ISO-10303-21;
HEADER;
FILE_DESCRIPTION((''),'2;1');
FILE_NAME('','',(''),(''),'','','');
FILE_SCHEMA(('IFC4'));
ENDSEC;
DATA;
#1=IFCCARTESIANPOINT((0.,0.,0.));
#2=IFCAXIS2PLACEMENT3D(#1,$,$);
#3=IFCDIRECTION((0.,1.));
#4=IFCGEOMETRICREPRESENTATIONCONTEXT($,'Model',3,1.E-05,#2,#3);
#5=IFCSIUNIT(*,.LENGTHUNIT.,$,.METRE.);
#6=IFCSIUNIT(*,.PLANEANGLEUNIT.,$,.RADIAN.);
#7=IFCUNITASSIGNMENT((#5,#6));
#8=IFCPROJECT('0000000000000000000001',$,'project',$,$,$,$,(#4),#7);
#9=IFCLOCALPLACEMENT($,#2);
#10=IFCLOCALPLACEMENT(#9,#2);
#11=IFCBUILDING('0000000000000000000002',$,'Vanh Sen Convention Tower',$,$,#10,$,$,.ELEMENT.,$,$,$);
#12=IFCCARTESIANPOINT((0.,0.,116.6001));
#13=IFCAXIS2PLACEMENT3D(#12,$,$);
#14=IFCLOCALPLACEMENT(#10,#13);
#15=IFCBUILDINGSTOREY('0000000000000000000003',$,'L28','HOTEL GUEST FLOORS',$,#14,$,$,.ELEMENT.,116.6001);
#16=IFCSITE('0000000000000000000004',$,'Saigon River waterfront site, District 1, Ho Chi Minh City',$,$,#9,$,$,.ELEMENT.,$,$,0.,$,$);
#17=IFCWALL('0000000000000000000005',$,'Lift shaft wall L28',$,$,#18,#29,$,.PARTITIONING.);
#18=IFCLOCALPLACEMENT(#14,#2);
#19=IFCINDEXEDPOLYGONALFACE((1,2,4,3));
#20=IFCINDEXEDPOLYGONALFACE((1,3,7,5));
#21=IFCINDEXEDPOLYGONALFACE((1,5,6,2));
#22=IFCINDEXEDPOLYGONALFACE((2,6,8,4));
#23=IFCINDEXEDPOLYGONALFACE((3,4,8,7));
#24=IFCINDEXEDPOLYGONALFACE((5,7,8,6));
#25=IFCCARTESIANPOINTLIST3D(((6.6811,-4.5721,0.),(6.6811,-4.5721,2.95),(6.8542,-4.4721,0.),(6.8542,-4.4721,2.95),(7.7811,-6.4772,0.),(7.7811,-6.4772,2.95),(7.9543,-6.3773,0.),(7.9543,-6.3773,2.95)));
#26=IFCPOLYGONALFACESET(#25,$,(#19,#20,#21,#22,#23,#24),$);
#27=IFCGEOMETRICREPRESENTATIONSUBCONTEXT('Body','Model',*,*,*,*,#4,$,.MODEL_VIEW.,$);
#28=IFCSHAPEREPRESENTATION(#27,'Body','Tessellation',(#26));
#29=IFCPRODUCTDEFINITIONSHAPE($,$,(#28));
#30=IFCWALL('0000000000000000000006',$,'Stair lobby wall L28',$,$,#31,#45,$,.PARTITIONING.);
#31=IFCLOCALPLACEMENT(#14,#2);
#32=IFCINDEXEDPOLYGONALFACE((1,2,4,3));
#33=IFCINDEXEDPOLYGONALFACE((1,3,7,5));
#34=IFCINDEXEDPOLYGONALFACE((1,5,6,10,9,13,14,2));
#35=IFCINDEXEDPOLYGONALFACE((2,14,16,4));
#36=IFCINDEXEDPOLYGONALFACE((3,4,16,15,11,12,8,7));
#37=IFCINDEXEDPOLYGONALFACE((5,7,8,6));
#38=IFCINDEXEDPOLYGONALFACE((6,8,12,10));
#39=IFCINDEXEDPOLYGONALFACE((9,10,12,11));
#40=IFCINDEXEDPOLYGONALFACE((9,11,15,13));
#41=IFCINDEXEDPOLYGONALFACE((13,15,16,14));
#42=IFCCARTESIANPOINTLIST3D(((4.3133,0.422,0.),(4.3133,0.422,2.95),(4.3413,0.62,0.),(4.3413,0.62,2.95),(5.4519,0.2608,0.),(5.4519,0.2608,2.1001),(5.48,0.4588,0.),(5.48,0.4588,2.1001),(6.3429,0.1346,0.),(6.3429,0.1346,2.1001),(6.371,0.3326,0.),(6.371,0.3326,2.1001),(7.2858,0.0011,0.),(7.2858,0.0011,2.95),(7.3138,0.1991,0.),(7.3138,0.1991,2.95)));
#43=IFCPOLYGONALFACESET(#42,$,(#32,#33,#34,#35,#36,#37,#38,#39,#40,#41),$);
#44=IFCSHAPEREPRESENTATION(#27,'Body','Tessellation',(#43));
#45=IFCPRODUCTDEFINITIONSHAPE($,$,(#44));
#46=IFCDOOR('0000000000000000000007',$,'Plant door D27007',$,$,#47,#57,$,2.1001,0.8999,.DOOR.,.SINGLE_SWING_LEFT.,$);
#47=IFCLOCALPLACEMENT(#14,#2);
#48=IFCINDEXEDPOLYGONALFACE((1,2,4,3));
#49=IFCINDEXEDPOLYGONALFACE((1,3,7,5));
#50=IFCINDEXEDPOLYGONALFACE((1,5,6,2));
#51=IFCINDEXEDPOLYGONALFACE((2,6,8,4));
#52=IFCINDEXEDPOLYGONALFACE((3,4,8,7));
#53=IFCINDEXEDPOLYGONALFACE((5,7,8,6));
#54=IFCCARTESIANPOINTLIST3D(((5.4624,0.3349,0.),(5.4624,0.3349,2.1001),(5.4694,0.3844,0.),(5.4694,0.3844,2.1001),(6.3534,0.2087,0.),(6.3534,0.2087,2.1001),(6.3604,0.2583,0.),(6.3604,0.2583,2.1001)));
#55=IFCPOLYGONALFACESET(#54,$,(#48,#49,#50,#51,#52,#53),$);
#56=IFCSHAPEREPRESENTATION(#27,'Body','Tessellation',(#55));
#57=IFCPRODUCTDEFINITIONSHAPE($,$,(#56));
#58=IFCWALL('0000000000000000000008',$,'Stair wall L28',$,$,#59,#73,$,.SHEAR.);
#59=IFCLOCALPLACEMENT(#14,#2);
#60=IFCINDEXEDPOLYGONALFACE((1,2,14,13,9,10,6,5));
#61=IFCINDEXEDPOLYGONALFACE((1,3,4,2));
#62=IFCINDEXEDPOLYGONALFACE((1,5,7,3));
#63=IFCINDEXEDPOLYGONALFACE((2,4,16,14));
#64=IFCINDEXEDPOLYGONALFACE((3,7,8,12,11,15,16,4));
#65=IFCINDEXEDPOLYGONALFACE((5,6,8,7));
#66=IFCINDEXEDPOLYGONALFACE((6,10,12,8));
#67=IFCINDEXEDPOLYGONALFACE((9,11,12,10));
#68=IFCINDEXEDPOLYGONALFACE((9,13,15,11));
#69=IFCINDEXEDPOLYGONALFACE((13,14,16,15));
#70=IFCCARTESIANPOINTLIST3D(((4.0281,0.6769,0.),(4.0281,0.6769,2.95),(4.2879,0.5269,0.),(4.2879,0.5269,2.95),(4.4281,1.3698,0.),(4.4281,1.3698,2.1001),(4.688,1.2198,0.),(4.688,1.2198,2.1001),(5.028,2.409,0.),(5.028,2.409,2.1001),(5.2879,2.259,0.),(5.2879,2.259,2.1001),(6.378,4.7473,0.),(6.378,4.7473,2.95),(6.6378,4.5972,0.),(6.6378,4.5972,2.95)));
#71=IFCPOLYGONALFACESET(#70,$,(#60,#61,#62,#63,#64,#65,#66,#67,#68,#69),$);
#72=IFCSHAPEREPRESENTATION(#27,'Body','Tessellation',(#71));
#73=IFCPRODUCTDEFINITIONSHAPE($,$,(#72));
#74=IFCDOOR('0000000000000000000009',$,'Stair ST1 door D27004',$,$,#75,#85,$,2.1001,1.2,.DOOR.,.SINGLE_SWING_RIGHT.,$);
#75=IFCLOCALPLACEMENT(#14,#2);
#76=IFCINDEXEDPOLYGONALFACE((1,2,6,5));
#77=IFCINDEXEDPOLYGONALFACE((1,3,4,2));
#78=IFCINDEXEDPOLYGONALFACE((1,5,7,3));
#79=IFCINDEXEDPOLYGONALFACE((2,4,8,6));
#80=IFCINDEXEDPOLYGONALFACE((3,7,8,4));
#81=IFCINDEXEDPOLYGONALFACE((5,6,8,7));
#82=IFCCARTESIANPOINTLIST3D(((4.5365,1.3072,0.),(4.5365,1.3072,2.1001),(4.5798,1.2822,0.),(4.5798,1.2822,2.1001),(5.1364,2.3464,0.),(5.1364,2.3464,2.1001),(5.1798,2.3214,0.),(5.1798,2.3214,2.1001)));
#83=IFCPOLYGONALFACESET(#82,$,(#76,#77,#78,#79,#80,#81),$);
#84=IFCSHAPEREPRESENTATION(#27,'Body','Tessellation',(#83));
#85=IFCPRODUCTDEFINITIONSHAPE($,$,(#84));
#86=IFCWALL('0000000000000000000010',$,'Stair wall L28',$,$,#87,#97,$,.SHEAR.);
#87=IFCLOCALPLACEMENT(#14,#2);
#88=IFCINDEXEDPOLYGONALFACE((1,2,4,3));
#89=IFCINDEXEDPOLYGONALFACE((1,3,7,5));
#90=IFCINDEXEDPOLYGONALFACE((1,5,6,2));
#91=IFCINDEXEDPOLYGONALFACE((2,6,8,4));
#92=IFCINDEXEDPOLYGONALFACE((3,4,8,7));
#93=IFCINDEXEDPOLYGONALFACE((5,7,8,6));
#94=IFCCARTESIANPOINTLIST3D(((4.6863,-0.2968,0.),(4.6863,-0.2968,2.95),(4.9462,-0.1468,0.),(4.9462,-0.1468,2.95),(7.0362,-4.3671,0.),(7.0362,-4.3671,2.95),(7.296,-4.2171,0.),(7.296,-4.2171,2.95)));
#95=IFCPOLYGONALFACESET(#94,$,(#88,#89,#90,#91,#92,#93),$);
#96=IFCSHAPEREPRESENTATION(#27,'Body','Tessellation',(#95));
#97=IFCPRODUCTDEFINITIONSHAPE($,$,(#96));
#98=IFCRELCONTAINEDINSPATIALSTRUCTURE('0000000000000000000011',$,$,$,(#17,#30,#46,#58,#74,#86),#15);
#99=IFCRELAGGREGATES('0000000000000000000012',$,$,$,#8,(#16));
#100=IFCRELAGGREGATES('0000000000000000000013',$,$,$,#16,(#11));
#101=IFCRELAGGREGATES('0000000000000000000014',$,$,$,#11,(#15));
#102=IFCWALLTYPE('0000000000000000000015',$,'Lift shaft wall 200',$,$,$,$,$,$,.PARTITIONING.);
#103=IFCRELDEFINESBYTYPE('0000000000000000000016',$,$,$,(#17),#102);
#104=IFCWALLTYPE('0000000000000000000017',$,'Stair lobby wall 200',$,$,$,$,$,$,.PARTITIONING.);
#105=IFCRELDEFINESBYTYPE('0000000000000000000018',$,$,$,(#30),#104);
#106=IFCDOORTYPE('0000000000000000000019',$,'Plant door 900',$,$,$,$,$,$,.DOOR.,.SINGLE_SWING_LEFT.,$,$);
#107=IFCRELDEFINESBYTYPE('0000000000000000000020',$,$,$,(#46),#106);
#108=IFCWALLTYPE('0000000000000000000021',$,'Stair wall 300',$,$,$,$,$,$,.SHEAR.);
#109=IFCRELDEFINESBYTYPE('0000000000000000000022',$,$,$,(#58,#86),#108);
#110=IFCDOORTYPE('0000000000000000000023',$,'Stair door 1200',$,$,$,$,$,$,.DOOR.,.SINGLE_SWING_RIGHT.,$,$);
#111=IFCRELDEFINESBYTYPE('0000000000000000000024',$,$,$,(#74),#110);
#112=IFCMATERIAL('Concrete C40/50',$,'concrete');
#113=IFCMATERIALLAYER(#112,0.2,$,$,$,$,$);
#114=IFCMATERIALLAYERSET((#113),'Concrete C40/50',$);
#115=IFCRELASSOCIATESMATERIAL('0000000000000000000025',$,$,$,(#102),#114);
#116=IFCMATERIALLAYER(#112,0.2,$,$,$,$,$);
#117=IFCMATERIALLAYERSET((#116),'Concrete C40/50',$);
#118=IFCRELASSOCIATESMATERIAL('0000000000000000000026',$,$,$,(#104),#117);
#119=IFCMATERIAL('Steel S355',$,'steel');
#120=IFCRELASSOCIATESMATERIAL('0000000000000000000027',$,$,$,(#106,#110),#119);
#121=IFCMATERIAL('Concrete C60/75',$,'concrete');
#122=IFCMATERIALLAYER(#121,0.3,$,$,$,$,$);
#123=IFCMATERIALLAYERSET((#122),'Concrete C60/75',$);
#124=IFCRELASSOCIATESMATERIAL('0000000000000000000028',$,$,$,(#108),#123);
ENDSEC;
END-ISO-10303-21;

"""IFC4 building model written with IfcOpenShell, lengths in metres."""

from ifc_helpers import new_model, si_unit, direction, frame, frame_2d, origin, place, context, subcontext, project, spatial, rectangle, extrude, material, layer, layer_set, type_object, element, fill, save


model = new_model("IFC4")

# Units and contexts
model_context = context("Model", 3, precision=1e-05, world=origin(), true_north=direction((0.0, 1.0)))
body_context = subcontext(model_context, "Body", "Model", "MODEL_VIEW")
ifc_project = project(units=[si_unit("LENGTHUNIT", "METRE"), si_unit("PLANEANGLEUNIT", "RADIAN")], contexts=[model_context])

# Site, building, storey
site_placement = place(None, origin())
site = spatial("IfcSite", under=ifc_project, at=site_placement, Name="Saigon River waterfront site, District 1, Ho Chi Minh City", CompositionType="ELEMENT", RefElevation=0.0)
building_placement = place(site_placement, origin())
building = spatial("IfcBuilding", under=site, at=building_placement, Name="Vanh Sen Convention Tower", CompositionType="ELEMENT")
storey_placement = place(building_placement, frame((0.0, 0.0, 116.6001)))
storey = spatial("IfcBuildingStorey", under=building, at=storey_placement, Name="L28", Description="HOTEL GUEST FLOORS", CompositionType="ELEMENT", Elevation=116.6001)

# Shared definitions
ifc_material_1 = material(Name="Steel S355", Category="steel")

# Wall
ifc_material_2 = material(Name="Concrete C40/50", Category="concrete")
ifc_layer_1 = layer(ifc_material_2, 0.2)
ifc_layer_set_1 = layer_set([ifc_layer_1], Name="Concrete C40/50")
wall_type_1 = type_object("IfcWallType", Name="Lift shaft wall 200", PredefinedType="PARTITIONING", material=ifc_layer_set_1)
for number, where, z_axis, x_axis, name in (
    (1, (6.7676, -4.522, 0.0), (0.0, 0.0, 1.0), (0.50003, -0.866008, 0.0), "Lift shaft wall L28"),
):
    element("IfcWall", number, at=place(storey_placement, frame(where, z_axis=z_axis, x_axis=x_axis)), inside=storey, type_object=wall_type_1, Name=name, PredefinedType="PARTITIONING", context=body_context, shape_type="SweptSolid", body=[
        extrude(rectangle(XDim=2.2, YDim=0.2, at=frame_2d((1.1001, 0.0))), origin(), (0.0, 0.0, 1.0), 2.95),
    ])

# Walls, openings, doors
ifc_layer_2 = layer(ifc_material_2, 0.2)
ifc_layer_set_2 = layer_set([ifc_layer_2], Name="Concrete C40/50")
wall_type_2 = type_object("IfcWallType", Name="Stair lobby wall 200", PredefinedType="PARTITIONING", material=ifc_layer_set_2)
wall_1_placement = place(storey_placement, frame((4.3274, 0.521, 0.0), z_axis=(0.0, 0.0, 1.0), x_axis=(0.990124, -0.140192, 0.0)))
wall_1 = element("IfcWall", 2, at=wall_1_placement, inside=storey, type_object=wall_type_2, Name="Stair lobby wall L28", PredefinedType="PARTITIONING", context=body_context, shape_type="SweptSolid", body=[
    extrude(rectangle(XDim=3.0022, YDim=0.2, at=frame_2d((1.501, 0.0))), origin(), (0.0, 0.0, 1.0), 2.95),
])
opening_1_placement = place(wall_1_placement, frame((1.1499, 0.0, 0.0)))
opening_1 = element("IfcOpeningElement", 3, at=opening_1_placement, cuts=wall_1, PredefinedType="OPENING", context=body_context, shape_type="SweptSolid", body=[
    extrude(rectangle(XDim=0.8999, YDim=2.1001, at=frame_2d((0.45, 1.05))), frame((0.0, 0.1099, 0.0), z_axis=(0.0, -1.0, 0.0), x_axis=(1.0, 0.0, 0.0)), (0.0, 0.0, 1.0), 0.22),
])
door_type_1 = type_object("IfcDoorType", Name="Plant door 900", OperationType="SINGLE_SWING_LEFT", PredefinedType="DOOR", material=ifc_material_1)
door_1_placement = place(opening_1_placement, origin())
door_1 = element("IfcDoor", 4, at=door_1_placement, inside=storey, type_object=door_type_1, Name="Plant door D27007", OperationType="SINGLE_SWING_LEFT", OverallHeight=2.1001, OverallWidth=0.8999, PredefinedType="DOOR", context=body_context, shape_type="SweptSolid", body=[
    extrude(rectangle(XDim=0.8999, YDim=2.1001, at=frame_2d((0.45, 1.05))), frame((0.0, 0.0249, 0.0), z_axis=(0.0, -1.0, 0.0), x_axis=(1.0, 0.0, 0.0)), (0.0, 0.0, 1.0), 0.05),
])
fill(opening_1, door_1)
ifc_material_3 = material(Name="Concrete C60/75", Category="concrete")
ifc_layer_3 = layer(ifc_material_3, 0.3)
ifc_layer_set_3 = layer_set([ifc_layer_3], Name="Concrete C60/75")
wall_type_3 = type_object("IfcWallType", Name="Stair wall 300", PredefinedType="SHEAR", material=ifc_layer_set_3)
wall_2_placement = place(storey_placement, frame((4.158, 0.6018, 0.0), z_axis=(0.0, 0.0, 1.0), x_axis=(0.499977, 0.866039, 0.0)))
wall_2 = element("IfcWall", 5, at=wall_2_placement, inside=storey, type_object=wall_type_3, Name="Stair wall L28", PredefinedType="SHEAR", context=body_context, shape_type="SweptSolid", body=[
    extrude(rectangle(XDim=4.7, YDim=0.3, at=frame_2d((2.3501, 0.0))), origin(), (0.0, 0.0, 1.0), 2.95),
])
opening_2_placement = place(wall_2_placement, frame((0.8, 0.0, 0.0)))
opening_2 = element("IfcOpeningElement", 6, at=opening_2_placement, cuts=wall_2, PredefinedType="OPENING", context=body_context, shape_type="SweptSolid", body=[
    extrude(rectangle(XDim=1.2, YDim=2.1001, at=frame_2d((0.6001, 1.05))), frame((0.0, 0.1599, 0.0), z_axis=(0.0, -1.0, 0.0), x_axis=(1.0, 0.0, 0.0)), (0.0, 0.0, 1.0), 0.3201),
])
door_type_2 = type_object("IfcDoorType", Name="Stair door 1200", OperationType="SINGLE_SWING_RIGHT", PredefinedType="DOOR", material=ifc_material_1)
door_2_placement = place(opening_2_placement, origin())
door_2 = element("IfcDoor", 7, at=door_2_placement, inside=storey, type_object=door_type_2, Name="Stair ST1 door D27004", OperationType="SINGLE_SWING_RIGHT", OverallHeight=2.1001, OverallWidth=1.2, PredefinedType="DOOR", context=body_context, shape_type="SweptSolid", body=[
    extrude(rectangle(XDim=1.2, YDim=2.1001, at=frame_2d((0.6001, 1.05))), frame((0.0, 0.0249, 0.0), z_axis=(0.0, -1.0, 0.0), x_axis=(1.0, 0.0, 0.0)), (0.0, 0.0, 1.0), 0.05),
])
fill(opening_2, door_2)

# Wall
wall_3_placement = place(storey_placement, frame((4.8162, -0.2217, 0.0), z_axis=(0.0, 0.0, 1.0), x_axis=(0.499977, -0.866039, 0.0)))
element("IfcWall", 8, at=wall_3_placement, inside=storey, type_object=wall_type_3, Name="Stair wall L28", PredefinedType="SHEAR", context=body_context, shape_type="SweptSolid", body=[
    extrude(rectangle(XDim=4.7, YDim=0.3, at=frame_2d((2.3501, 0.0))), origin(), (0.0, 0.0, 1.0), 2.95),
])

save(model, "model.ifc")
